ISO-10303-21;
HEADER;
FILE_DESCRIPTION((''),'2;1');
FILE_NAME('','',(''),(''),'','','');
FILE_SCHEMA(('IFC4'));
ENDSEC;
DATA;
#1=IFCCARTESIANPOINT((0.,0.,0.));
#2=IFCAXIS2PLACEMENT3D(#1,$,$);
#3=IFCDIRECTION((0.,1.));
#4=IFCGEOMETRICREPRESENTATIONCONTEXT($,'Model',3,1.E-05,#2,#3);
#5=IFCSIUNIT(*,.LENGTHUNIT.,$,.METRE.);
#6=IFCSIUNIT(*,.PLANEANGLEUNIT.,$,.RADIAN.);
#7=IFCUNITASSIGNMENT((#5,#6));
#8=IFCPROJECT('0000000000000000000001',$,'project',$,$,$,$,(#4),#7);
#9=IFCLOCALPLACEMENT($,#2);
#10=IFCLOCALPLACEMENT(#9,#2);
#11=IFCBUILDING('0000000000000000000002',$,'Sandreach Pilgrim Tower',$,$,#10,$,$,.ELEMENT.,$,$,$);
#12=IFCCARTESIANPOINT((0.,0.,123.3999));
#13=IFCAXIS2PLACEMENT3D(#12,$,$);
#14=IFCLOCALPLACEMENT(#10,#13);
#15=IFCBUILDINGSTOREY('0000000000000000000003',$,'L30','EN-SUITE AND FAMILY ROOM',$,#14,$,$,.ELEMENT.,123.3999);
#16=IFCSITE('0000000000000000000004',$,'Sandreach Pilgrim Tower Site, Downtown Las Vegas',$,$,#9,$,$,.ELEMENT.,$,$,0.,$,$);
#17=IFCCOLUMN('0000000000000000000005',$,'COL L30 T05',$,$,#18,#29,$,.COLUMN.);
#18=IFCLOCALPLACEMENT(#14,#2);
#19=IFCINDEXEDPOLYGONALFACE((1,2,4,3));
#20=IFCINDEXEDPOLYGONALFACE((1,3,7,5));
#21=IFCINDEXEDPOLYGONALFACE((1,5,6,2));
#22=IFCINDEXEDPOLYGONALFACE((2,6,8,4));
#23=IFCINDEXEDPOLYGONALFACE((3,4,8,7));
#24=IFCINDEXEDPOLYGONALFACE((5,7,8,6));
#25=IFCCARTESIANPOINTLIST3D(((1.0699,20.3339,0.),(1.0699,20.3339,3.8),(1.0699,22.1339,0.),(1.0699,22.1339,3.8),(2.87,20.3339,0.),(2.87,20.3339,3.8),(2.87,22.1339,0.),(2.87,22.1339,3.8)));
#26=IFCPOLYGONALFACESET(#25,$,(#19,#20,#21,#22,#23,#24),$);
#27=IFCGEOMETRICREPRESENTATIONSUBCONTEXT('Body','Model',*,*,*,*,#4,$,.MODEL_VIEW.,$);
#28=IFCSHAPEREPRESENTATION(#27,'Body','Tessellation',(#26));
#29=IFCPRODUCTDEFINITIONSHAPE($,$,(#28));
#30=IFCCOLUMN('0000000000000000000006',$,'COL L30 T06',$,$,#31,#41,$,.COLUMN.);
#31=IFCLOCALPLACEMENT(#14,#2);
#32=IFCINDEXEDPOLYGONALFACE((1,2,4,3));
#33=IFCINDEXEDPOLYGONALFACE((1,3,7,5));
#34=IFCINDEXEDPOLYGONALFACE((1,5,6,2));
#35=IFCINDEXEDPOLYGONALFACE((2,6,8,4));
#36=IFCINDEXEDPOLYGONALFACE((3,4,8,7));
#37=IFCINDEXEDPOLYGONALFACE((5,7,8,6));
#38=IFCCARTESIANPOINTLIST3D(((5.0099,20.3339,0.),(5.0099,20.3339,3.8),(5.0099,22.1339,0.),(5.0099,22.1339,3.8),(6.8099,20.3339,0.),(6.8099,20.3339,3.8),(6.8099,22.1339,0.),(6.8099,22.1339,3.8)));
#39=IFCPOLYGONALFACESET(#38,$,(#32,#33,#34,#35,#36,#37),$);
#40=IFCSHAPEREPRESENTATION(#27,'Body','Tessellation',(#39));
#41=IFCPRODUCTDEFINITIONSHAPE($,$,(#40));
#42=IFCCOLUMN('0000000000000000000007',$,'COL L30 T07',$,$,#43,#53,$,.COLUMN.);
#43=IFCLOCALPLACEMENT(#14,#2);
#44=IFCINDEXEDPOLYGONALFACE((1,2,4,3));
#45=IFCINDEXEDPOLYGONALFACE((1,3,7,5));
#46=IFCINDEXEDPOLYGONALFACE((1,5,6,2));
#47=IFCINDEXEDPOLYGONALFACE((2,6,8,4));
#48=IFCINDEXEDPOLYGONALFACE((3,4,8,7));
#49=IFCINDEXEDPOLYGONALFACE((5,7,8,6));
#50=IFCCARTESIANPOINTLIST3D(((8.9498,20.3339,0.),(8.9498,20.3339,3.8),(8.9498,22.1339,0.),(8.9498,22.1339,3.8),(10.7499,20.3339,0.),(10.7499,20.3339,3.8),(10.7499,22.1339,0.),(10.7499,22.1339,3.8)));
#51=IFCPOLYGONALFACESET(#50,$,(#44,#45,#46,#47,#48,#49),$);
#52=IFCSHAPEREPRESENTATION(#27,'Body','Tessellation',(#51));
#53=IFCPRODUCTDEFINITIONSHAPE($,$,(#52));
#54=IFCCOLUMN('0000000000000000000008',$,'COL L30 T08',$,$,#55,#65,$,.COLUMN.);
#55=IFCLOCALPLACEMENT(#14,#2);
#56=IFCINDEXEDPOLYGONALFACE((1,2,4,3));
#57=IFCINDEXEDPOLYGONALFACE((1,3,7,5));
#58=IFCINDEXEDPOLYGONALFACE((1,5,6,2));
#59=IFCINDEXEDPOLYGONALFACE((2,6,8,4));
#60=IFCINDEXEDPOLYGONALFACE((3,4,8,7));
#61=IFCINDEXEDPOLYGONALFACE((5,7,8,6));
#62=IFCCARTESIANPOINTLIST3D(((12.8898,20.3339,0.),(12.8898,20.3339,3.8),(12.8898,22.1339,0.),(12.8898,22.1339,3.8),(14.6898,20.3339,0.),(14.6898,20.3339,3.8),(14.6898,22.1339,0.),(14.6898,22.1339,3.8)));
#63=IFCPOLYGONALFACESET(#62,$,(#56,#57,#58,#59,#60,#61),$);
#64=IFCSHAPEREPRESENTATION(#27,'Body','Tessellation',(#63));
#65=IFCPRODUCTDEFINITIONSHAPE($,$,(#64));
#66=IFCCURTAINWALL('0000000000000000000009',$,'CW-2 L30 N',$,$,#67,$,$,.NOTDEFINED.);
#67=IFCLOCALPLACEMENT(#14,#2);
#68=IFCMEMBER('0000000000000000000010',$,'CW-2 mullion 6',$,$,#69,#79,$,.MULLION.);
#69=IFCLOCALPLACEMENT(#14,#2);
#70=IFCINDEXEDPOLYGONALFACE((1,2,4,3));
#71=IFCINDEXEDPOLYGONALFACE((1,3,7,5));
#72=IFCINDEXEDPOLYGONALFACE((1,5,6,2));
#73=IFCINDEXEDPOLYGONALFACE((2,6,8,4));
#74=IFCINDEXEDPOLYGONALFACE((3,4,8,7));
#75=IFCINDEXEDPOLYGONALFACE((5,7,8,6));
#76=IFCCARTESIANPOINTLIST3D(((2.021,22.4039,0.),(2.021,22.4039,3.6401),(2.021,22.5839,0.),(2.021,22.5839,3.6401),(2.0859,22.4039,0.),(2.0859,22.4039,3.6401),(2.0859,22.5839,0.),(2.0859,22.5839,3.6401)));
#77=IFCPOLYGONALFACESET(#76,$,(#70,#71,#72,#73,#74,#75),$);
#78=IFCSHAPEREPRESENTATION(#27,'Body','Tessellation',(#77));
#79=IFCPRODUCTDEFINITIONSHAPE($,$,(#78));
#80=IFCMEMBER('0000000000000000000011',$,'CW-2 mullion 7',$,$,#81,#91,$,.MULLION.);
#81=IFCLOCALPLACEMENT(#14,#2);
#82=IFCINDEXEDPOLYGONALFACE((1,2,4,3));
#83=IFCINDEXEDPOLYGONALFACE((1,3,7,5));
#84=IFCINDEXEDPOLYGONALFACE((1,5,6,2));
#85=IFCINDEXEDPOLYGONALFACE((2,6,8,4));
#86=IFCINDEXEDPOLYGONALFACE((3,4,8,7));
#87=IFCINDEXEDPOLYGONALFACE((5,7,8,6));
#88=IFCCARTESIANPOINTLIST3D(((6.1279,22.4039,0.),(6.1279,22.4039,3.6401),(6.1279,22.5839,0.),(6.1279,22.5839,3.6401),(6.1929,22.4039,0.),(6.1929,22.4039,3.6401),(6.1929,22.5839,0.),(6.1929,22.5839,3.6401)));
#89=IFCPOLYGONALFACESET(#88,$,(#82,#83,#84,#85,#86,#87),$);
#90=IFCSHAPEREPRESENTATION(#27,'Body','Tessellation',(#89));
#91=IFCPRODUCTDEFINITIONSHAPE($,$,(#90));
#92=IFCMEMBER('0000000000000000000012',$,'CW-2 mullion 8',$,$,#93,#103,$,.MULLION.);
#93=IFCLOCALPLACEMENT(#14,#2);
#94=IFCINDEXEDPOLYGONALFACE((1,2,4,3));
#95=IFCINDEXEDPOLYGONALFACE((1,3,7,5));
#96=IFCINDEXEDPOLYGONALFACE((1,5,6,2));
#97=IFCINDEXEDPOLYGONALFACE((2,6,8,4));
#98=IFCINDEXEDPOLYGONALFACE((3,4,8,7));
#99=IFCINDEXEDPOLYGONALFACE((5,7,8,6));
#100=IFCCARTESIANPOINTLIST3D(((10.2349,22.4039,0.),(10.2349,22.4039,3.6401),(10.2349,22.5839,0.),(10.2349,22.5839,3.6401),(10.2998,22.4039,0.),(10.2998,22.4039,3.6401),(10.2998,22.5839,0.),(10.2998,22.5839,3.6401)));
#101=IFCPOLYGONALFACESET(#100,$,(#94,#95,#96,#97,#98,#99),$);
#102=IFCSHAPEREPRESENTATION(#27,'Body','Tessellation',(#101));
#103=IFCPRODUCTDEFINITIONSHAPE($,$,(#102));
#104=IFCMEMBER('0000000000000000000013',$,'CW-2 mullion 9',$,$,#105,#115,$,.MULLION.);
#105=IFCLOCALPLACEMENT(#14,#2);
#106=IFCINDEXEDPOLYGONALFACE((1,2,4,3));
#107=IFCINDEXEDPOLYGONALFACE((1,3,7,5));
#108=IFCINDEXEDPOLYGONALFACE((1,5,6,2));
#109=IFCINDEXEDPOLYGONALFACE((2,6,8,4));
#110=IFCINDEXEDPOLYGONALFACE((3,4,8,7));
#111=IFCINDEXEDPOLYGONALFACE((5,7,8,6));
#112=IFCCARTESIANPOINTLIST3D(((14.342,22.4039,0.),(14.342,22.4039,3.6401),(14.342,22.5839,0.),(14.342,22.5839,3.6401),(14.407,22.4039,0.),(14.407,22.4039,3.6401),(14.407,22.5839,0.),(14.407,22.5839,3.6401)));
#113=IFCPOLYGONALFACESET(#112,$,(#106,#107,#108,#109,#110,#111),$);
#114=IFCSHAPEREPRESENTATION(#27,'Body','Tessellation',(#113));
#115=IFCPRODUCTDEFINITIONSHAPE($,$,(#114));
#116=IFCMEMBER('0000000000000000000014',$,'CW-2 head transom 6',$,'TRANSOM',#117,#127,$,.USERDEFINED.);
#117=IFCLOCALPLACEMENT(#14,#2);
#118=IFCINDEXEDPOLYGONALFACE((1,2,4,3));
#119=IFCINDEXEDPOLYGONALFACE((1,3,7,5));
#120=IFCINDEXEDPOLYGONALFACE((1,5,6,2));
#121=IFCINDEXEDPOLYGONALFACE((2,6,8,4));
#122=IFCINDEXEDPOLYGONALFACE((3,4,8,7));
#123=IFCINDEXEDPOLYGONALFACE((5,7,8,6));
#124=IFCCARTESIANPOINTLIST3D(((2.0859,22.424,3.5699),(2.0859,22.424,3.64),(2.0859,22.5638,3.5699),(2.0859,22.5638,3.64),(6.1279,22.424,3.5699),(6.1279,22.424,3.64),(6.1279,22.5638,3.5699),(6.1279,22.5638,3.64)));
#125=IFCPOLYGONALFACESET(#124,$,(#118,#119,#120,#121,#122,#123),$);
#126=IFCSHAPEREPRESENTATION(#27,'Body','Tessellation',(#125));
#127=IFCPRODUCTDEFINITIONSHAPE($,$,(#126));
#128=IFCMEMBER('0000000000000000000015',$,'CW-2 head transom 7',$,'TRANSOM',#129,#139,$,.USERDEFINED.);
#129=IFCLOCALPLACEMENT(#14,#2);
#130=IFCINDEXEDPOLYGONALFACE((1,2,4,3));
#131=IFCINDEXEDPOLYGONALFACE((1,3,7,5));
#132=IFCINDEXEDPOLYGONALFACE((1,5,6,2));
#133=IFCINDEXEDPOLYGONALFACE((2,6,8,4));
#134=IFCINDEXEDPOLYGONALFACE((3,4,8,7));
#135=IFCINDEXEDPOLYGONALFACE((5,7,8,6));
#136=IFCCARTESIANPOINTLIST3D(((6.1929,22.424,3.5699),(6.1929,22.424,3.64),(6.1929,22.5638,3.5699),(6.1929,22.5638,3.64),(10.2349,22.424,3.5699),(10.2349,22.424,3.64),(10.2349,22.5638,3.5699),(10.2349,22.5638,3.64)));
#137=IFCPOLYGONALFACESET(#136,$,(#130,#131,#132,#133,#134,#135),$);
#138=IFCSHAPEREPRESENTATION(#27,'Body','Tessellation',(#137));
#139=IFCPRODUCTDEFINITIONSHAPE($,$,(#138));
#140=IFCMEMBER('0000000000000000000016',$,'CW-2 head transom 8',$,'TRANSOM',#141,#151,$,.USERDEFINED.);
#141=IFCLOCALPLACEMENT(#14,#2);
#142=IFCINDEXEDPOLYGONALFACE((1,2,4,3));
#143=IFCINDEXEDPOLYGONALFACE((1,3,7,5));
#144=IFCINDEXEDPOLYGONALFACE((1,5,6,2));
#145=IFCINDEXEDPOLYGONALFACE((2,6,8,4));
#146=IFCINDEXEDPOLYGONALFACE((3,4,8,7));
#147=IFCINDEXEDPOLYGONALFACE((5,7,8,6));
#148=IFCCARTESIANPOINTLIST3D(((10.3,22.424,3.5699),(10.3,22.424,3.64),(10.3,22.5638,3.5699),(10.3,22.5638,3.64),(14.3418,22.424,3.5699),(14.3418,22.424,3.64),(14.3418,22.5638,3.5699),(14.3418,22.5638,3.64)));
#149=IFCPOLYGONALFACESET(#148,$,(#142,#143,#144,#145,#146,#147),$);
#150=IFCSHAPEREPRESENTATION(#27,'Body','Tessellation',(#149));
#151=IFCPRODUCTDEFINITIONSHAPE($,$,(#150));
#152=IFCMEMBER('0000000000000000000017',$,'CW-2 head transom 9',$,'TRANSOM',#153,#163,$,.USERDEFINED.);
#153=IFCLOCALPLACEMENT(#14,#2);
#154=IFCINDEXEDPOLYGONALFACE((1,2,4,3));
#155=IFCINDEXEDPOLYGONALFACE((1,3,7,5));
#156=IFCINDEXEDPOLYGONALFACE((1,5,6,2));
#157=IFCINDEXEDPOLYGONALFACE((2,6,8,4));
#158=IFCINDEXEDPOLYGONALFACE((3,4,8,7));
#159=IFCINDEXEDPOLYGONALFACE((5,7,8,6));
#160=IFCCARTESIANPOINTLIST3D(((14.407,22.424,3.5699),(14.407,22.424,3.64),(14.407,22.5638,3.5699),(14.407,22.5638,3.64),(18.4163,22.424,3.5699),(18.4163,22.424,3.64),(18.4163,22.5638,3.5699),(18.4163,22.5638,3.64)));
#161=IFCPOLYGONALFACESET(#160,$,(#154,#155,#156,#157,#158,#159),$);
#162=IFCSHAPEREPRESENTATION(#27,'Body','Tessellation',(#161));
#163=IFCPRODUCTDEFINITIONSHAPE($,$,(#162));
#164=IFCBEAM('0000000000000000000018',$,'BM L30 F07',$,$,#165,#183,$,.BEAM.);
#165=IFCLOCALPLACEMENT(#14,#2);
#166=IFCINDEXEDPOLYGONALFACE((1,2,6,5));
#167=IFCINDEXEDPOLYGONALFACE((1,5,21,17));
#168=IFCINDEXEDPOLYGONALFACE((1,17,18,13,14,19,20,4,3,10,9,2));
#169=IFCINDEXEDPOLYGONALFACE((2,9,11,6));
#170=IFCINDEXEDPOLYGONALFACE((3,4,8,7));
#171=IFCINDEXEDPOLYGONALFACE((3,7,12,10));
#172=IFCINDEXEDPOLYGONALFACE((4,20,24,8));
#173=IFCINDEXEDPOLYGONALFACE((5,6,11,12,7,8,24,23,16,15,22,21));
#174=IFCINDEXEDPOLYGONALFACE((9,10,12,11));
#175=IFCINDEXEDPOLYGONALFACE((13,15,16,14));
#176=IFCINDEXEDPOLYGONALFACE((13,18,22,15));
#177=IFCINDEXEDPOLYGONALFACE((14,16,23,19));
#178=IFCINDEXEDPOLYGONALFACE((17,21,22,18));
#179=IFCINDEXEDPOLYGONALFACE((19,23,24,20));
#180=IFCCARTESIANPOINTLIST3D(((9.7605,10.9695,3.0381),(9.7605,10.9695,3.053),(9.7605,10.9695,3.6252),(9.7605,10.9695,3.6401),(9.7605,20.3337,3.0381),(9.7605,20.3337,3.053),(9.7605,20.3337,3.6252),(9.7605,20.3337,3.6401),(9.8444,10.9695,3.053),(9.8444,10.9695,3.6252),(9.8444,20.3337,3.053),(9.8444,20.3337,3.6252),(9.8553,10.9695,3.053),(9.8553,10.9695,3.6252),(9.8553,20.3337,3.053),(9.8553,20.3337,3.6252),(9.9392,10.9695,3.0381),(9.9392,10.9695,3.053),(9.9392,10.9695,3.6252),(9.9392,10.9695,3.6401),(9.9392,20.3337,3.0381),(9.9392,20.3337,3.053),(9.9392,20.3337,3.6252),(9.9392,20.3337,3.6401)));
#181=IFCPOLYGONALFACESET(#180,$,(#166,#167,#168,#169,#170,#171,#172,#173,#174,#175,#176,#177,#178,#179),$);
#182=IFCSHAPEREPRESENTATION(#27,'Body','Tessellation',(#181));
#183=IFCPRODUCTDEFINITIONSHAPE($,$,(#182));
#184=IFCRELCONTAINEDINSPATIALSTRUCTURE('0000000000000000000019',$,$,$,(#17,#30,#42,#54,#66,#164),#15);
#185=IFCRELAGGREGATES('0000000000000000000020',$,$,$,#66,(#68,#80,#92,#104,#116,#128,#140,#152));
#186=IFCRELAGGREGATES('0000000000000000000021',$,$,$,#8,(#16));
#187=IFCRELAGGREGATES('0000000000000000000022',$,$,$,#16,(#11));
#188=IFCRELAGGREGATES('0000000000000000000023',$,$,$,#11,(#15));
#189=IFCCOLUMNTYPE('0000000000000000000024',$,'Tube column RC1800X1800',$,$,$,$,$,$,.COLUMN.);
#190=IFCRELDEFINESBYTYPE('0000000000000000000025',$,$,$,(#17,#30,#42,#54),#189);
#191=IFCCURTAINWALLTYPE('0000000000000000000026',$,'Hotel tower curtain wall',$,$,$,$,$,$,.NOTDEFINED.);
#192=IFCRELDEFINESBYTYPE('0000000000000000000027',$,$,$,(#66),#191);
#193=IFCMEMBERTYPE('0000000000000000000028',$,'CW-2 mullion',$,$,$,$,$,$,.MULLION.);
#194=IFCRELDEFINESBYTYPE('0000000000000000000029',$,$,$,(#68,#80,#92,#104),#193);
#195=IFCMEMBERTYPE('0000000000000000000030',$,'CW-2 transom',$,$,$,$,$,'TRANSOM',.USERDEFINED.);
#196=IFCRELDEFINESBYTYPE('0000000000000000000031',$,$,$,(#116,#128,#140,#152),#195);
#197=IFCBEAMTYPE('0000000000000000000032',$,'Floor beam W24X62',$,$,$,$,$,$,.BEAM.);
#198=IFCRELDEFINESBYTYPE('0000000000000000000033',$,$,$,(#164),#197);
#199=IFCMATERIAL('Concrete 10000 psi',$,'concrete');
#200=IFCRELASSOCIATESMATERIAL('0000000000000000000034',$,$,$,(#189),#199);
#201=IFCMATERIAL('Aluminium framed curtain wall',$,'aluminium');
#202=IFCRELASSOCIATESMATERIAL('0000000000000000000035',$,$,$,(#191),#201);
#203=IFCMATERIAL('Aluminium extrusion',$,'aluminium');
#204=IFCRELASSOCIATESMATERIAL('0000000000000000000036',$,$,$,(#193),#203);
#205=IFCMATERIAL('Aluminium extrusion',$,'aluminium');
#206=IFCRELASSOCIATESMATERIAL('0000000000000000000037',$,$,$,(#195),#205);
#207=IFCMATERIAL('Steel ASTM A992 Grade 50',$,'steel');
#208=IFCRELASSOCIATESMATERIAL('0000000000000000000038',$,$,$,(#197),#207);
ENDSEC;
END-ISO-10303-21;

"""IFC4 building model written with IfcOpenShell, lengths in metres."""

from ifc_helpers import new_model, si_unit, direction, frame, origin, origin_2d, place, context, subcontext, project, spatial, rectangle, i_section, extrude, material, material_profile, profile_set, type_object, element, aggregate, save


model = new_model("IFC4")

# Units and contexts
model_context = context("Model", 3, precision=1e-05, world=origin(), true_north=direction((0.0, 1.0)))
body_context = subcontext(model_context, "Body", "Model", "MODEL_VIEW")
ifc_project = project(units=[si_unit("LENGTHUNIT", "METRE"), si_unit("PLANEANGLEUNIT", "RADIAN")], contexts=[model_context])

# Site, building, storey
site_placement = place(None, origin())
site = spatial("IfcSite", under=ifc_project, at=site_placement, Name="Sandreach Pilgrim Tower Site, Downtown Las Vegas", CompositionType="ELEMENT", RefElevation=0.0)
building_placement = place(site_placement, origin())
building = spatial("IfcBuilding", under=site, at=building_placement, Name="Sandreach Pilgrim Tower", CompositionType="ELEMENT")
storey_placement = place(building_placement, frame((0.0, 0.0, 123.3999)))
storey = spatial("IfcBuildingStorey", under=building, at=storey_placement, Name="L30", Description="EN-SUITE AND FAMILY ROOM", CompositionType="ELEMENT", Elevation=123.3999)

# Columns
ifc_material_1 = material(Name="Concrete 10000 psi", Category="concrete")
ifc_material_profile_1 = material_profile(ifc_material_1, rectangle(XDim=1.8, YDim=1.8, at=origin_2d()), Name="RC1800X1800")
ifc_profile_set_1 = profile_set([ifc_material_profile_1], Name="Concrete 10000 psi")
column_type = type_object("IfcColumnType", Name="Tube column RC1800X1800", PredefinedType="COLUMN", material=ifc_profile_set_1)
for number, where, z_axis, x_axis, name in (
    (1, (1.97, 21.2339, 0.0), (0.0, 0.0, 1.0), (0.0, 1.0, 0.0), "COL L30 T05"),
    (2, (5.9099, 21.2339, 0.0), (0.0, 0.0, 1.0), (0.0, 1.0, 0.0), "COL L30 T06"),
    (3, (9.8499, 21.2339, 0.0), (0.0, 0.0, 1.0), (0.0, 1.0, 0.0), "COL L30 T07"),
    (4, (13.7898, 21.2339, 0.0), (0.0, 0.0, 1.0), (0.0, 1.0, 0.0), "COL L30 T08"),
):
    element("IfcColumn", number, at=place(storey_placement, frame(where, z_axis=z_axis, x_axis=x_axis)), inside=storey, type_object=column_type, Name=name, PredefinedType="COLUMN", context=body_context, shape_type="SweptSolid", body=[
        extrude(rectangle(XDim=1.8, YDim=1.8, at=origin_2d()), origin(), (0.0, 0.0, 1.0), 3.8),
    ])

# Curtain wall, members
ifc_material_2 = material(Name="Aluminium framed curtain wall", Category="aluminium")
curtain_wall_type = type_object("IfcCurtainWallType", Name="Hotel tower curtain wall", PredefinedType="NOTDEFINED", material=ifc_material_2)
curtain_wall_placement = place(storey_placement, origin())
curtain_wall = element("IfcCurtainWall", 5, at=curtain_wall_placement, inside=storey, type_object=curtain_wall_type, Name="CW-2 L30 N", PredefinedType="NOTDEFINED")
ifc_material_3 = material(Name="Aluminium extrusion", Category="aluminium")
ifc_material_profile_2 = material_profile(ifc_material_3, rectangle(XDim=0.0649, YDim=0.1799, at=origin_2d()), Name="CW-2M 65X180")
ifc_profile_set_2 = profile_set([ifc_material_profile_2], Name="Aluminium extrusion")
member_type_1 = type_object("IfcMemberType", Name="CW-2 mullion", PredefinedType="MULLION", material=ifc_profile_set_2)
member_1_placement = place(storey_placement, frame((2.0535, 22.4939, 0.0), z_axis=(0.0, 0.0, 1.0), x_axis=(1.0, 0.0, 0.0)))
member_1 = element("IfcMember", 6, at=member_1_placement, type_object=member_type_1, Name="CW-2 mullion 6", PredefinedType="MULLION", context=body_context, shape_type="SweptSolid", body=[
    extrude(rectangle(XDim=0.0649, YDim=0.1799, at=origin_2d()), origin(), (0.0, 0.0, 1.0), 3.6401),
])
member_2_placement = place(storey_placement, frame((6.1604, 22.4939, 0.0), z_axis=(0.0, 0.0, 1.0), x_axis=(1.0, 0.0, 0.0)))
member_2 = element("IfcMember", 7, at=member_2_placement, type_object=member_type_1, Name="CW-2 mullion 7", PredefinedType="MULLION", context=body_context, shape_type="SweptSolid", body=[
    extrude(rectangle(XDim=0.0649, YDim=0.1799, at=origin_2d()), origin(), (0.0, 0.0, 1.0), 3.6401),
])
member_3_placement = place(storey_placement, frame((10.2673, 22.4939, 0.0), z_axis=(0.0, 0.0, 1.0), x_axis=(1.0, 0.0, 0.0)))
member_3 = element("IfcMember", 8, at=member_3_placement, type_object=member_type_1, Name="CW-2 mullion 8", PredefinedType="MULLION", context=body_context, shape_type="SweptSolid", body=[
    extrude(rectangle(XDim=0.0649, YDim=0.1799, at=origin_2d()), origin(), (0.0, 0.0, 1.0), 3.6401),
])
member_4_placement = place(storey_placement, frame((14.3745, 22.4939, 0.0), z_axis=(0.0, 0.0, 1.0), x_axis=(1.0, 0.0, 0.0)))
member_4 = element("IfcMember", 9, at=member_4_placement, type_object=member_type_1, Name="CW-2 mullion 9", PredefinedType="MULLION", context=body_context, shape_type="SweptSolid", body=[
    extrude(rectangle(XDim=0.0649, YDim=0.1799, at=origin_2d()), origin(), (0.0, 0.0, 1.0), 3.6401),
])
ifc_material_4 = material(Name="Aluminium extrusion", Category="aluminium")
ifc_material_profile_3 = material_profile(ifc_material_4, rectangle(XDim=0.1399, YDim=0.0701, at=origin_2d()), Name="CW-2T 140X70")
ifc_profile_set_3 = profile_set([ifc_material_profile_3], Name="Aluminium extrusion")
member_type_2 = type_object("IfcMemberType", Name="CW-2 transom", ElementType="TRANSOM", PredefinedType="USERDEFINED", material=ifc_profile_set_3)
member_5_placement = place(storey_placement, frame((2.0859, 22.4939, 3.605), z_axis=(1.0, 0.0, 0.0), x_axis=(0.0, 1.0, 0.0)))
member_5 = element("IfcMember", 10, at=member_5_placement, type_object=member_type_2, Name="CW-2 head transom 6", ObjectType="TRANSOM", PredefinedType="USERDEFINED", context=body_context, shape_type="SweptSolid", body=[
    extrude(rectangle(XDim=0.1399, YDim=0.0701, at=origin_2d()), origin(), (0.0, 0.0, 1.0), 4.042),
])
member_6_placement = place(storey_placement, frame((6.1929, 22.4939, 3.605), z_axis=(1.0, 0.0, 0.0), x_axis=(0.0, 1.0, 0.0)))
member_6 = element("IfcMember", 11, at=member_6_placement, type_object=member_type_2, Name="CW-2 head transom 7", ObjectType="TRANSOM", PredefinedType="USERDEFINED", context=body_context, shape_type="SweptSolid", body=[
    extrude(rectangle(XDim=0.1399, YDim=0.0701, at=origin_2d()), origin(), (0.0, 0.0, 1.0), 4.042),
])
member_7_placement = place(storey_placement, frame((10.3, 22.4939, 3.605), z_axis=(1.0, 0.0, 0.0), x_axis=(0.0, 1.0, 0.0)))
member_7 = element("IfcMember", 12, at=member_7_placement, type_object=member_type_2, Name="CW-2 head transom 8", ObjectType="TRANSOM", PredefinedType="USERDEFINED", context=body_context, shape_type="SweptSolid", body=[
    extrude(rectangle(XDim=0.1399, YDim=0.0701, at=origin_2d()), origin(), (0.0, 0.0, 1.0), 4.0417),
])
member_8_placement = place(storey_placement, frame((14.407, 22.4939, 3.605), z_axis=(1.0, 0.0, 0.0), x_axis=(0.0, 1.0, 0.0)))
member_8 = element("IfcMember", 13, at=member_8_placement, type_object=member_type_2, Name="CW-2 head transom 9", ObjectType="TRANSOM", PredefinedType="USERDEFINED", context=body_context, shape_type="SweptSolid", body=[
    extrude(rectangle(XDim=0.1399, YDim=0.0701, at=origin_2d()), origin(), (0.0, 0.0, 1.0), 4.0093),
])

# Beam
ifc_material_5 = material(Name="Steel ASTM A992 Grade 50", Category="steel")
ifc_material_profile_4 = material_profile(ifc_material_5, i_section(OverallWidth=0.1787, OverallDepth=0.6021, WebThickness=0.011, FlangeThickness=0.0149, at=origin_2d()), Name="W24X62")
ifc_profile_set_4 = profile_set([ifc_material_profile_4], Name="Steel ASTM A992 Grade 50")
beam_type_1 = type_object("IfcBeamType", Name="Floor beam W24X62", PredefinedType="BEAM", material=ifc_profile_set_4)
beam_1_placement = place(storey_placement, frame((9.8499, 20.3337, 3.3391), z_axis=(0.0, -1.0, 0.0), x_axis=(1.0, 0.0, 0.0)))
element("IfcBeam", 14, at=beam_1_placement, inside=storey, type_object=beam_type_1, Name="BM L30 F07", PredefinedType="BEAM", context=body_context, shape_type="SweptSolid", body=[
    extrude(i_section(OverallWidth=0.1787, OverallDepth=0.6021, WebThickness=0.011, FlangeThickness=0.0149, at=origin_2d()), origin(), (0.0, 0.0, 1.0), 9.3643),
])

aggregate(curtain_wall, [member_1, member_2, member_3, member_4, member_5, member_6, member_7, member_8])

save(model, "model.ifc")
